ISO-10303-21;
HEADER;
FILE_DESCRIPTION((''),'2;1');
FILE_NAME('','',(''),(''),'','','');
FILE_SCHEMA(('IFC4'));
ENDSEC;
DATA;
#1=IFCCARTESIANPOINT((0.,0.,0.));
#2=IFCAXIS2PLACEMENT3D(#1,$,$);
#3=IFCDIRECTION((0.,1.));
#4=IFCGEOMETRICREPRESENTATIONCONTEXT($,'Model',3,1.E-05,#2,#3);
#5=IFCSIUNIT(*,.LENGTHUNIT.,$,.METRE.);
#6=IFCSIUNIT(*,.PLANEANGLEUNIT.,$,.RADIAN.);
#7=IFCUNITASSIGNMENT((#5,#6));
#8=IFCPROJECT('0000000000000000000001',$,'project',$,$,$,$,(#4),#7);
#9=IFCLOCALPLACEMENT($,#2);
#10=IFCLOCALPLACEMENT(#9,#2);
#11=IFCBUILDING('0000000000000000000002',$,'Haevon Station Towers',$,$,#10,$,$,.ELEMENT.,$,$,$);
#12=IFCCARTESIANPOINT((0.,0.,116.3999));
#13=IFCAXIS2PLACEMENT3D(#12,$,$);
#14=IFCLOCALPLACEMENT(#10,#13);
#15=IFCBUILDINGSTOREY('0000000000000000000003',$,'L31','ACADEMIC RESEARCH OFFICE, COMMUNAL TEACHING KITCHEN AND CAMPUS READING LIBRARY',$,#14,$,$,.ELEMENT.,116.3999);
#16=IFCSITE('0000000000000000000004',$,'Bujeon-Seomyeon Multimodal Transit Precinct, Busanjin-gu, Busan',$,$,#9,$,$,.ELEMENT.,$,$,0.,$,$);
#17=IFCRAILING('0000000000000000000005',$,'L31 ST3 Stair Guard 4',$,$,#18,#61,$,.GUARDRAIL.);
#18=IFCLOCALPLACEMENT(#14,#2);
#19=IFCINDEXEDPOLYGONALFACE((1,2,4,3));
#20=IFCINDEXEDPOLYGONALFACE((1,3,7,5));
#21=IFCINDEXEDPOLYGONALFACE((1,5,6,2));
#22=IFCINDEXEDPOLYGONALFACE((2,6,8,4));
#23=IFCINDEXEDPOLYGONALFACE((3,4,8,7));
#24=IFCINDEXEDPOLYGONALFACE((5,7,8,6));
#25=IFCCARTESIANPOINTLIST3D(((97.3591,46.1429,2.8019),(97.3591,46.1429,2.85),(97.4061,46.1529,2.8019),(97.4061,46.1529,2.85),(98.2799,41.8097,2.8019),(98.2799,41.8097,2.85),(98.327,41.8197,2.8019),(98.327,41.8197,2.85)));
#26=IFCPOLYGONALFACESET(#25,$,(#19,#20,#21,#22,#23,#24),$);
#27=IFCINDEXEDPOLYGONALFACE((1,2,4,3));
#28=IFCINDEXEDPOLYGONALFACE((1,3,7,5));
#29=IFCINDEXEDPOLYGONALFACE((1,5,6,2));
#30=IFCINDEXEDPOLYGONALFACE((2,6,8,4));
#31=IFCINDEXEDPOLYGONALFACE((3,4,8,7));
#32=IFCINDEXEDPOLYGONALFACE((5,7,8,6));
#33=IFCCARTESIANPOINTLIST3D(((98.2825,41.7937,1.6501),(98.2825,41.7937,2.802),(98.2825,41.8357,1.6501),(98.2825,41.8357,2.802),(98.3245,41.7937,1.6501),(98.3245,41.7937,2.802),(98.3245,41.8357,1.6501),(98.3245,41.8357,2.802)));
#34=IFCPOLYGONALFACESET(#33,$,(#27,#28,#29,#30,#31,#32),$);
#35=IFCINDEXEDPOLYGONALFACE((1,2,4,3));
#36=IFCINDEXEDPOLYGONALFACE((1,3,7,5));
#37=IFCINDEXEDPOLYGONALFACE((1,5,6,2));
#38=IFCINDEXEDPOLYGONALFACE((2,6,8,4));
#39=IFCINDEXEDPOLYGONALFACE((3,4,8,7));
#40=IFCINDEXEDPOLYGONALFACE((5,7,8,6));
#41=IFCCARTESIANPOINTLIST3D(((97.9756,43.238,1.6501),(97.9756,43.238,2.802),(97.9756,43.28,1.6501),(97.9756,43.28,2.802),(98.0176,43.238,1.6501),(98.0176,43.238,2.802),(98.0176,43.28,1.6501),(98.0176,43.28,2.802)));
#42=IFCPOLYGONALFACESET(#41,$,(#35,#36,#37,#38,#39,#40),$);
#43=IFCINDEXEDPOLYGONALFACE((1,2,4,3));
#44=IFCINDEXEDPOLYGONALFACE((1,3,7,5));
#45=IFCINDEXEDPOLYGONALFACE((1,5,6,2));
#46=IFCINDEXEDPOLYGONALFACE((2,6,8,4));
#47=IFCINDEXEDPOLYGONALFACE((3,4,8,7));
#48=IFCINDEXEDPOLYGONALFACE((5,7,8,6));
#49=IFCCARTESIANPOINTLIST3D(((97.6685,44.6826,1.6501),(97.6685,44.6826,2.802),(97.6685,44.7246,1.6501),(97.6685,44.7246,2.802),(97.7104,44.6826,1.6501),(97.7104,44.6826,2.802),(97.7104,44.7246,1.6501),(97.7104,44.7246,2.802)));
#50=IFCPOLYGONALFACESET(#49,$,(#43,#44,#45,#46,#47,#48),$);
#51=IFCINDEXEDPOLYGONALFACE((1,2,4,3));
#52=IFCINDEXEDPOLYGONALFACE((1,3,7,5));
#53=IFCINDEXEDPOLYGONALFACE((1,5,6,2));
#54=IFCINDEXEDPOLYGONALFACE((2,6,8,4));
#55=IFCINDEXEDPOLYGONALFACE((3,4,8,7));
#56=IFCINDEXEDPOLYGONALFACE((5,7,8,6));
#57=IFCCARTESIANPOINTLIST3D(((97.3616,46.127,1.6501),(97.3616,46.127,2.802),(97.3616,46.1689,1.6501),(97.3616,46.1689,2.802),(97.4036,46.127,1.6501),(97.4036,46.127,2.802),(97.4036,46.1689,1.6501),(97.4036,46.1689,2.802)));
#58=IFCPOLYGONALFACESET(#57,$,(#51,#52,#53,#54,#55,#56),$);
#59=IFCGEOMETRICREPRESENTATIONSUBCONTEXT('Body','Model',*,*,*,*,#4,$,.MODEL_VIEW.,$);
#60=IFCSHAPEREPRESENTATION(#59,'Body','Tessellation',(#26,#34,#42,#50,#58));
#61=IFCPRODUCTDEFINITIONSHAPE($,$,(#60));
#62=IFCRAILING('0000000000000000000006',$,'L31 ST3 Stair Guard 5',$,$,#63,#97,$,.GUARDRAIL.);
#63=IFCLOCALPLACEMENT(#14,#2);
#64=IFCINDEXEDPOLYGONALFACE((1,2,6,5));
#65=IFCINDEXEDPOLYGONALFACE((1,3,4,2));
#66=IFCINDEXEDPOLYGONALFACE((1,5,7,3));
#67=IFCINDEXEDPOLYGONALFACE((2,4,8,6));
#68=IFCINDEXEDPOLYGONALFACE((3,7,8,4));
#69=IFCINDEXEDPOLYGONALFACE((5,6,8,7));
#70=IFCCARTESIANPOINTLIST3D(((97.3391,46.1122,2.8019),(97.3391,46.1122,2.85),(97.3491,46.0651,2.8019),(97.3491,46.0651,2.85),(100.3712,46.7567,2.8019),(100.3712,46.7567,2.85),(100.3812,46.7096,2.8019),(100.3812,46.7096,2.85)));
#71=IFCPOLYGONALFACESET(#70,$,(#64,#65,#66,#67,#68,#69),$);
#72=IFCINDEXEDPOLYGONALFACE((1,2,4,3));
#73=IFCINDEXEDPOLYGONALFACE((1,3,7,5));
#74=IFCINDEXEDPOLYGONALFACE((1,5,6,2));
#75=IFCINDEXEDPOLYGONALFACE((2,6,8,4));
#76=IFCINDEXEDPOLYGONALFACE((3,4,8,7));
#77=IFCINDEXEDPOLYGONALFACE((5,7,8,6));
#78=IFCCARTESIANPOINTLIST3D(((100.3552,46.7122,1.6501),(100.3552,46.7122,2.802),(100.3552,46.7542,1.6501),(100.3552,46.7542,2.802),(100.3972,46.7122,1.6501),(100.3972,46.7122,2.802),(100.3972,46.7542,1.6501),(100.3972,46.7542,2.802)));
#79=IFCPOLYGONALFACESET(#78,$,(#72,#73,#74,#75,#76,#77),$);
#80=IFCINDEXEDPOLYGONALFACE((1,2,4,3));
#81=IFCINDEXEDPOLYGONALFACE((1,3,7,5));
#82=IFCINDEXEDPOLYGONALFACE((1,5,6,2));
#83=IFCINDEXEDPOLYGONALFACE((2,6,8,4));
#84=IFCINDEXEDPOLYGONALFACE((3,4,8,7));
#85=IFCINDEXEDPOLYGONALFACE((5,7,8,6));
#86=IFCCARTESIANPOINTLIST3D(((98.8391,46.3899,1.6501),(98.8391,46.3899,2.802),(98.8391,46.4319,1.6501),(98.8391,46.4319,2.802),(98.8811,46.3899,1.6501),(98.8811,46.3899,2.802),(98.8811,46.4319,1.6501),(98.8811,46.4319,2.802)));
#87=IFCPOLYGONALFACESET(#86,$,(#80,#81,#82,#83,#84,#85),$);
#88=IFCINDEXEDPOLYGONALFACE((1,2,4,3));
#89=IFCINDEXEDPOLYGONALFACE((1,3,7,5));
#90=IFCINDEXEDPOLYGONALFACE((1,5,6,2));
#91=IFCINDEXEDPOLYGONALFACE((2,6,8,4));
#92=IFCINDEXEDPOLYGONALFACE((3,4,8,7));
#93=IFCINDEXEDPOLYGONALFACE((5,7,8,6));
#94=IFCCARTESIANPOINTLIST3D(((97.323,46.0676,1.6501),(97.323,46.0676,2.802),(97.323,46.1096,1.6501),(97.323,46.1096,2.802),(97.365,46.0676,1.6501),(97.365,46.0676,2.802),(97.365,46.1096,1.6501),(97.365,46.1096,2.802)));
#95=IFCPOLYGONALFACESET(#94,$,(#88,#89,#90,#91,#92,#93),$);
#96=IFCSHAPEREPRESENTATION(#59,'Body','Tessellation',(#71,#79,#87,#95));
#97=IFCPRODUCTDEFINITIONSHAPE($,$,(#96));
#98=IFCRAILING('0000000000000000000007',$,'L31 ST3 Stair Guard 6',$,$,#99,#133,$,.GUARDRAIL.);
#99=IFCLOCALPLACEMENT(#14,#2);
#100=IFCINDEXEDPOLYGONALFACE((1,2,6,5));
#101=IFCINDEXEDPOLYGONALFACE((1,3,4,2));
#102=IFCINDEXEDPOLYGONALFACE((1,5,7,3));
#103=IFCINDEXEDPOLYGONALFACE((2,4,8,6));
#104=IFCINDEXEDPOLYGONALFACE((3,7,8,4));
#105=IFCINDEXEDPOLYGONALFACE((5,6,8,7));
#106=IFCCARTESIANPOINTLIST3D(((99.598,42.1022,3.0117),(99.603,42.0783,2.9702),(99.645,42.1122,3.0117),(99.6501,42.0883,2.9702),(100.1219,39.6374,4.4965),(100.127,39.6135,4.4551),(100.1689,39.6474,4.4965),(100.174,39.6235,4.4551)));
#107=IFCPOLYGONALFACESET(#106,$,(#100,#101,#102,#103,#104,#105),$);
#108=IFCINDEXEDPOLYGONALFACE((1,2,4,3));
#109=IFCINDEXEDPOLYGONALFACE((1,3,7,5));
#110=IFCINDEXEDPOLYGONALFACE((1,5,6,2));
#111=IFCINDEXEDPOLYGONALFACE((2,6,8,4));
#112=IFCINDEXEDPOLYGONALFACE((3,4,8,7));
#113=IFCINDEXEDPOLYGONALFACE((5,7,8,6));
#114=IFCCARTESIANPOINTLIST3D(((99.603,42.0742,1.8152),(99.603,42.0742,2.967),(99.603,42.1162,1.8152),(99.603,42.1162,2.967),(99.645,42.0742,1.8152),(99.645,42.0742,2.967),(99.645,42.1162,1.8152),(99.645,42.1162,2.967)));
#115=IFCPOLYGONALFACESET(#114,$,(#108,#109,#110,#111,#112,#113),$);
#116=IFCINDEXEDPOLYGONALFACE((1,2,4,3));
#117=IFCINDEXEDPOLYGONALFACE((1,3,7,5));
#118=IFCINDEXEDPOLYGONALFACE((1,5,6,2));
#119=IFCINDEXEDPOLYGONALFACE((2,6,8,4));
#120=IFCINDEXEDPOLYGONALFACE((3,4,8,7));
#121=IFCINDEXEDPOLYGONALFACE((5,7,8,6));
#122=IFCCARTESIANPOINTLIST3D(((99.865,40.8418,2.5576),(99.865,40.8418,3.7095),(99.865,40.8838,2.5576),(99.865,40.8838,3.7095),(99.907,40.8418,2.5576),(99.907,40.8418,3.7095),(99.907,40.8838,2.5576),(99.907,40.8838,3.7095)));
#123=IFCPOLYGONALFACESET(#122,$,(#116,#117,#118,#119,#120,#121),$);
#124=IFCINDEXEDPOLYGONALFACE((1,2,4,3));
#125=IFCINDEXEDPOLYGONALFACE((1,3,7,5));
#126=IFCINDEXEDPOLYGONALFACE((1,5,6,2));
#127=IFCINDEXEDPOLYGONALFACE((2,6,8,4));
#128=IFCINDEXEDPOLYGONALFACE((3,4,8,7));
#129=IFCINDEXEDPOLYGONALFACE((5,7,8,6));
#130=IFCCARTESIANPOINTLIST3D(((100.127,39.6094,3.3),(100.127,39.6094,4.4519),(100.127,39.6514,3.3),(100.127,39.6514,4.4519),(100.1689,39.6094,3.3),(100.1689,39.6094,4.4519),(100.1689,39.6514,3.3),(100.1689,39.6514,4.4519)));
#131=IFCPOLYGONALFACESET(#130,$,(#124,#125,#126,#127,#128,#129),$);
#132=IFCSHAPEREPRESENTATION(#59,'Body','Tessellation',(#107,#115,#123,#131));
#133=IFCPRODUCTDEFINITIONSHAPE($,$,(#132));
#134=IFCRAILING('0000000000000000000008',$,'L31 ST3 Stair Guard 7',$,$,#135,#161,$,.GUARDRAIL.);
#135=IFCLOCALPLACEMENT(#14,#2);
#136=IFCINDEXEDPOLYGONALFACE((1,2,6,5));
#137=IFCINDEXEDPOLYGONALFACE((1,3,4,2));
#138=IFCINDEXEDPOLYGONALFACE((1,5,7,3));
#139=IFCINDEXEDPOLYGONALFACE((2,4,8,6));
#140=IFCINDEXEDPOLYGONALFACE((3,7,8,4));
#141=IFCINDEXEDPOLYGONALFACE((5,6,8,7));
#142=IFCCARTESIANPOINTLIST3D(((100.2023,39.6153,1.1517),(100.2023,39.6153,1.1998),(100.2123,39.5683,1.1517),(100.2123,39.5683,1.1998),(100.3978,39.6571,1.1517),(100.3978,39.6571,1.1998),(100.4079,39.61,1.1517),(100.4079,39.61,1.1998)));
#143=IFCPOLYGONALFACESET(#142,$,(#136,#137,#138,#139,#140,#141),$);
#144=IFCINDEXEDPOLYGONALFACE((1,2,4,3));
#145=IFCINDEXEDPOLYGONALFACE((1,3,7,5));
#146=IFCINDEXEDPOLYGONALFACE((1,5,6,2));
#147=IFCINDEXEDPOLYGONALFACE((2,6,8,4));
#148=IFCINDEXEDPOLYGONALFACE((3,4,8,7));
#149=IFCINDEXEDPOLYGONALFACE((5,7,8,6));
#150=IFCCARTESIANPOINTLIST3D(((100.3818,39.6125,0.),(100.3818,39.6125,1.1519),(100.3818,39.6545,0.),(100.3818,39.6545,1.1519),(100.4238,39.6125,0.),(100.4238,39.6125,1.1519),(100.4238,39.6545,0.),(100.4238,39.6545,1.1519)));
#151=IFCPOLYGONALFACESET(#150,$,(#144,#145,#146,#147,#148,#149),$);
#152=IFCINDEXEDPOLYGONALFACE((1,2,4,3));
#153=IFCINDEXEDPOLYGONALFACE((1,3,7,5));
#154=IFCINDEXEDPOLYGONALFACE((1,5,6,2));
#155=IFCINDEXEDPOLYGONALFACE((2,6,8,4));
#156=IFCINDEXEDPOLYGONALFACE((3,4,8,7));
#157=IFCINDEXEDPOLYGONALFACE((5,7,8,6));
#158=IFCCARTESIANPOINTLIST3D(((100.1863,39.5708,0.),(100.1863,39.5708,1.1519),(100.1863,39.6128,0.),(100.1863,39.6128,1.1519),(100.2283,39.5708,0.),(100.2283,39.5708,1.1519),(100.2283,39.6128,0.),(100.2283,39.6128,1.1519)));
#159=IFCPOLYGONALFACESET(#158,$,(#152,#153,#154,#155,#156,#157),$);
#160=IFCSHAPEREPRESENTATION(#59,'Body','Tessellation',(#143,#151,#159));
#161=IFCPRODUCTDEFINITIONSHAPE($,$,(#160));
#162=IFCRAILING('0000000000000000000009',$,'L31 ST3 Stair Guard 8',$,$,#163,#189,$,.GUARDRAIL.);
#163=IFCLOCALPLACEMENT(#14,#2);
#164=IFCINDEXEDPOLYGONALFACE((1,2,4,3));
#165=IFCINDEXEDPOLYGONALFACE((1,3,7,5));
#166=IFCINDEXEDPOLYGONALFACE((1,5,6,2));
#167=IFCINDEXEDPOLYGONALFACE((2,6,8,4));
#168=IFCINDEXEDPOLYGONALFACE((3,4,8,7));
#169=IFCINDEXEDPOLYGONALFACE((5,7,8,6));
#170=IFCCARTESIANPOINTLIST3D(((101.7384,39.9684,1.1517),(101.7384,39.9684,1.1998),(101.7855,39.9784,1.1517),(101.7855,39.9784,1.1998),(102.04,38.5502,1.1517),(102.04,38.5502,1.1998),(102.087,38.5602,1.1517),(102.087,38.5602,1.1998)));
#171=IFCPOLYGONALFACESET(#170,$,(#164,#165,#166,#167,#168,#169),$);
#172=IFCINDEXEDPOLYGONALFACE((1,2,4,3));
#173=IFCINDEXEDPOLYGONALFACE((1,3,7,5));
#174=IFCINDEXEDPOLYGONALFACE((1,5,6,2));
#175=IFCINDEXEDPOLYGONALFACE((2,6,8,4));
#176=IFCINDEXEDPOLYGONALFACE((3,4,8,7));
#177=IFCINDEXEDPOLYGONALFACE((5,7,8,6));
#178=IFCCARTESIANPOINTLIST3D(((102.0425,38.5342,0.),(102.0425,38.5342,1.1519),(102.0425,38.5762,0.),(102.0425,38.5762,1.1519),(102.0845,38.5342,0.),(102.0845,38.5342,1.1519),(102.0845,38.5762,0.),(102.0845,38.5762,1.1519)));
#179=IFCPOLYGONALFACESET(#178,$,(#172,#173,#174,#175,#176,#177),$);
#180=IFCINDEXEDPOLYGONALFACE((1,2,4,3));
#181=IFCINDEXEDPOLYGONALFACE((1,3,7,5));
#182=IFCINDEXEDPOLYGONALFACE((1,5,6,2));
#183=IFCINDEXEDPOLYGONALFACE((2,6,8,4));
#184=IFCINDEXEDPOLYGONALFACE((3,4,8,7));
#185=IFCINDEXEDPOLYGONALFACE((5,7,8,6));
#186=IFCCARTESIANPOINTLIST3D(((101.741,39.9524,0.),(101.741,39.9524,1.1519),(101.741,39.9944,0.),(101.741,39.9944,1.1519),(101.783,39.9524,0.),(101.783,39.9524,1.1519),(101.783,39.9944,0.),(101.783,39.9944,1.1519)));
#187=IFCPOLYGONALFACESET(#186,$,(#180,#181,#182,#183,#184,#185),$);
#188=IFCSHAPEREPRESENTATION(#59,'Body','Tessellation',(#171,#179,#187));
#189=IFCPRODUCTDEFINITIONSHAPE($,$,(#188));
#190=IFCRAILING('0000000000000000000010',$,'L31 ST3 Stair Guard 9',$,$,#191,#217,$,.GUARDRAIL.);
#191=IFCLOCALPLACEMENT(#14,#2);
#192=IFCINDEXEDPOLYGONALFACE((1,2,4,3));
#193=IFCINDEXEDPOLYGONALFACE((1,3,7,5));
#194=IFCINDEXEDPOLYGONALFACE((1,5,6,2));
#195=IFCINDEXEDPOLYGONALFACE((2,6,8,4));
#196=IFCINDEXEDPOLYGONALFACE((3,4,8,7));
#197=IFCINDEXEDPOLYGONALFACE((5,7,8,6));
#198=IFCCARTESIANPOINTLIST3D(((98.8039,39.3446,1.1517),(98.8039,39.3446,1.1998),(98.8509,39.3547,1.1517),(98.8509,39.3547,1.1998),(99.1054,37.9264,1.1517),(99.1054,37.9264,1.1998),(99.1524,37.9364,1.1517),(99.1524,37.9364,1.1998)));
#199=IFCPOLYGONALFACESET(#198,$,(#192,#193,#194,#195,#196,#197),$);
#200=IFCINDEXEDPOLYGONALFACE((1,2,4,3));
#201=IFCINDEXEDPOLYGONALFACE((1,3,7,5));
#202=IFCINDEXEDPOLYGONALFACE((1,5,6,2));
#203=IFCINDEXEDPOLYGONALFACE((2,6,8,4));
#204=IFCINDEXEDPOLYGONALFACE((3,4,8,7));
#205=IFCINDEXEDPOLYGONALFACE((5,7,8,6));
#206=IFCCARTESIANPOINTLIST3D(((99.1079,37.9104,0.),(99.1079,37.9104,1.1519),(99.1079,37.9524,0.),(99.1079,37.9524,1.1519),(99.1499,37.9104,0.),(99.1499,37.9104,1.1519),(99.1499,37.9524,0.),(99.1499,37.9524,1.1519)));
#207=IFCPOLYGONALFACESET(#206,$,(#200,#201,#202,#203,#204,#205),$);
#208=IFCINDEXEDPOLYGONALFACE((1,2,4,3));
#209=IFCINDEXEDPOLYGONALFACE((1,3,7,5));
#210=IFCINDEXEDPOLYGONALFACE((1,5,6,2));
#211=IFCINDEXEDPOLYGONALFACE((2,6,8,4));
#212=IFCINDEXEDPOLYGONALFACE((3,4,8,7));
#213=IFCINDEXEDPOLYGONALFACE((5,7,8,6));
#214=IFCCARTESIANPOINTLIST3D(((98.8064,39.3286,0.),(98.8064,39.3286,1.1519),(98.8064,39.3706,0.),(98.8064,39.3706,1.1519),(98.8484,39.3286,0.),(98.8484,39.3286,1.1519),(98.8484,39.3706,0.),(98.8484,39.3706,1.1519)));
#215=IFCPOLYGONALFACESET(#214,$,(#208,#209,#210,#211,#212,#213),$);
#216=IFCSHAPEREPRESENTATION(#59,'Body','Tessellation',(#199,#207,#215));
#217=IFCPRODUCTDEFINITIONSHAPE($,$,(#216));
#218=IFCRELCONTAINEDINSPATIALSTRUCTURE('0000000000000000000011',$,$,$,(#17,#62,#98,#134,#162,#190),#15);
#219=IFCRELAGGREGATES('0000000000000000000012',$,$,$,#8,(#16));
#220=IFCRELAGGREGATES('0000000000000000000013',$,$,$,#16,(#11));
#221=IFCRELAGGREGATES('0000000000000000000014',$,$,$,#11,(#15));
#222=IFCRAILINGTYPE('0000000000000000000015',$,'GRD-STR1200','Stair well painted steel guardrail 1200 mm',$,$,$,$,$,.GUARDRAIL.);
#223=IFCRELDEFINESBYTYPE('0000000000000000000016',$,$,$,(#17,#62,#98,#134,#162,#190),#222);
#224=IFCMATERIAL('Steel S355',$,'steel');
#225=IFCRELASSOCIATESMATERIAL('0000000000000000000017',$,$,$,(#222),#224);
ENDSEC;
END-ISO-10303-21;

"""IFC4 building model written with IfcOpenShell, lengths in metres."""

from ifc_helpers import new_model, si_unit, direction, frame, origin, origin_2d, place, context, subcontext, project, spatial, rectangle, extrude, material, type_object, element, save


model = new_model("IFC4")

# Units and contexts
model_context = context("Model", 3, precision=1e-05, world=origin(), true_north=direction((0.0, 1.0)))
body_context = subcontext(model_context, "Body", "Model", "MODEL_VIEW")
ifc_project = project(units=[si_unit("LENGTHUNIT", "METRE"), si_unit("PLANEANGLEUNIT", "RADIAN")], contexts=[model_context])

# Site, building, storey
site_placement = place(None, origin())
site = spatial("IfcSite", under=ifc_project, at=site_placement, Name="Bujeon-Seomyeon Multimodal Transit Precinct, Busanjin-gu, Busan", CompositionType="ELEMENT", RefElevation=0.0)
building_placement = place(site_placement, origin())
building = spatial("IfcBuilding", under=site, at=building_placement, Name="Haevon Station Towers", CompositionType="ELEMENT")
storey_placement = place(building_placement, frame((0.0, 0.0, 116.3999)))
storey = spatial("IfcBuildingStorey", under=building, at=storey_placement, Name="L31", Description="ACADEMIC RESEARCH OFFICE, COMMUNAL TEACHING KITCHEN AND CAMPUS READING LIBRARY", CompositionType="ELEMENT", Elevation=116.3999)

# Shared definitions
ifc_material_1 = material(Name="Steel S355", Category="steel")

# Railings
railing_type_1 = type_object("IfcRailingType", Name="GRD-STR1200", Description="Stair well painted steel guardrail 1200 mm", PredefinedType="GUARDRAIL", material=ifc_material_1)
railing_1_placement = place(storey_placement, frame((98.3035, 41.8147, 1.6501)))
element("IfcRailing", 1, at=railing_1_placement, inside=storey, type_object=railing_type_1, Name="L31 ST3 Stair Guard 4", PredefinedType="GUARDRAIL", context=body_context, shape_type="SweptSolid", body=[
    extrude(rectangle(XDim=0.0481, YDim=0.0481, at=origin_2d()), frame((0.0, 0.0, 1.1758), z_axis=(-0.207877, 0.978155, 0.0), x_axis=(-0.978155, -0.207877, 0.0)), (0.0, 0.0, 1.0), 4.4299),
    extrude(rectangle(XDim=0.042, YDim=0.042, at=origin_2d()), origin(), (0.0, 0.0, 1.0), 1.1519),
    extrude(rectangle(XDim=0.042, YDim=0.042, at=origin_2d()), frame((-0.3069, 1.4443, 0.0)), (0.0, 0.0, 1.0), 1.1519),
    extrude(rectangle(XDim=0.042, YDim=0.042, at=origin_2d()), frame((-0.614, 2.8889, 0.0)), (0.0, 0.0, 1.0), 1.1519),
    extrude(rectangle(XDim=0.042, YDim=0.042, at=origin_2d()), frame((-0.9209, 4.3333, 0.0)), (0.0, 0.0, 1.0), 1.1519),
])
railing_2_placement = place(storey_placement, frame((100.3762, 46.7332, 1.6501)))
element("IfcRailing", 2, at=railing_2_placement, inside=storey, type_object=railing_type_1, Name="L31 ST3 Stair Guard 5", PredefinedType="GUARDRAIL", context=body_context, shape_type="SweptSolid", body=[
    extrude(rectangle(XDim=0.0481, YDim=0.0481, at=origin_2d()), frame((0.0, 0.0, 1.1758), z_axis=(-0.978147, -0.207915, 0.0), x_axis=(0.207915, -0.978147, 0.0)), (0.0, 0.0, 1.0), 3.0999),
    extrude(rectangle(XDim=0.042, YDim=0.042, at=origin_2d()), origin(), (0.0, 0.0, 1.0), 1.1519),
    extrude(rectangle(XDim=0.042, YDim=0.042, at=origin_2d()), frame((-1.5161, -0.3223, 0.0)), (0.0, 0.0, 1.0), 1.1519),
    extrude(rectangle(XDim=0.042, YDim=0.042, at=origin_2d()), frame((-3.0322, -0.6445, 0.0)), (0.0, 0.0, 1.0), 1.1519),
])
railing_3_placement = place(storey_placement, frame((99.624, 42.0952, 1.8152)))
element("IfcRailing", 3, at=railing_3_placement, inside=storey, type_object=railing_type_1, Name="L31 ST3 Stair Guard 6", PredefinedType="GUARDRAIL", context=body_context, shape_type="SweptSolid", body=[
    extrude(rectangle(XDim=0.0481, YDim=0.0481, at=origin_2d()), frame((0.0, 0.0, 1.1758), z_axis=(0.179129, -0.842724, 0.507671), x_axis=(0.978147, 0.207914, 0.0)), (0.0, 0.0, 1.0), 2.9248),
    extrude(rectangle(XDim=0.042, YDim=0.042, at=origin_2d()), origin(), (0.0, 0.0, 1.0), 1.1519),
    extrude(rectangle(XDim=0.042, YDim=0.042, at=origin_2d()), frame((0.262, -1.2324, 0.7424)), (0.0, 0.0, 1.0), 1.1519),
    extrude(rectangle(XDim=0.042, YDim=0.042, at=origin_2d()), frame((0.5239, -2.4648, 1.4849)), (0.0, 0.0, 1.0), 1.1519),
])
railing_4_placement = place(storey_placement, frame((100.4028, 39.6335, 0.0)))
element("IfcRailing", 4, at=railing_4_placement, inside=storey, type_object=railing_type_1, Name="L31 ST3 Stair Guard 7", PredefinedType="GUARDRAIL", context=body_context, shape_type="SweptSolid", body=[
    extrude(rectangle(XDim=0.0481, YDim=0.0481, at=origin_2d()), frame((0.0, 0.0, 1.1758), z_axis=(-0.977963, -0.208779, 0.0), x_axis=(0.208779, -0.977963, 0.0)), (0.0, 0.0, 1.0), 0.2),
    extrude(rectangle(XDim=0.042, YDim=0.042, at=origin_2d()), origin(), (0.0, 0.0, 1.0), 1.1519),
    extrude(rectangle(XDim=0.042, YDim=0.042, at=origin_2d()), frame((-0.1956, -0.0417, 0.0)), (0.0, 0.0, 1.0), 1.1519),
])
for number, where, name in (
    (5, (102.0635, 38.5552, 0.0), "L31 ST3 Stair Guard 8"),
    (6, (99.1289, 37.9314, 0.0), "L31 ST3 Stair Guard 9"),
):
    element("IfcRailing", number, at=place(storey_placement, frame(where)), inside=storey, type_object=railing_type_1, Name=name, PredefinedType="GUARDRAIL", context=body_context, shape_type="SweptSolid", body=[
        extrude(rectangle(XDim=0.0481, YDim=0.0481, at=origin_2d()), frame((0.0, 0.0, 1.1758), z_axis=(-0.207953, 0.978139, 0.0), x_axis=(-0.978139, -0.207953, 0.0)), (0.0, 0.0, 1.0), 1.45),
        extrude(rectangle(XDim=0.042, YDim=0.042, at=origin_2d()), origin(), (0.0, 0.0, 1.0), 1.1519),
        extrude(rectangle(XDim=0.042, YDim=0.042, at=origin_2d()), frame((-0.3015, 1.4182, 0.0)), (0.0, 0.0, 1.0), 1.1519),
    ])

save(model, "model.ifc")
